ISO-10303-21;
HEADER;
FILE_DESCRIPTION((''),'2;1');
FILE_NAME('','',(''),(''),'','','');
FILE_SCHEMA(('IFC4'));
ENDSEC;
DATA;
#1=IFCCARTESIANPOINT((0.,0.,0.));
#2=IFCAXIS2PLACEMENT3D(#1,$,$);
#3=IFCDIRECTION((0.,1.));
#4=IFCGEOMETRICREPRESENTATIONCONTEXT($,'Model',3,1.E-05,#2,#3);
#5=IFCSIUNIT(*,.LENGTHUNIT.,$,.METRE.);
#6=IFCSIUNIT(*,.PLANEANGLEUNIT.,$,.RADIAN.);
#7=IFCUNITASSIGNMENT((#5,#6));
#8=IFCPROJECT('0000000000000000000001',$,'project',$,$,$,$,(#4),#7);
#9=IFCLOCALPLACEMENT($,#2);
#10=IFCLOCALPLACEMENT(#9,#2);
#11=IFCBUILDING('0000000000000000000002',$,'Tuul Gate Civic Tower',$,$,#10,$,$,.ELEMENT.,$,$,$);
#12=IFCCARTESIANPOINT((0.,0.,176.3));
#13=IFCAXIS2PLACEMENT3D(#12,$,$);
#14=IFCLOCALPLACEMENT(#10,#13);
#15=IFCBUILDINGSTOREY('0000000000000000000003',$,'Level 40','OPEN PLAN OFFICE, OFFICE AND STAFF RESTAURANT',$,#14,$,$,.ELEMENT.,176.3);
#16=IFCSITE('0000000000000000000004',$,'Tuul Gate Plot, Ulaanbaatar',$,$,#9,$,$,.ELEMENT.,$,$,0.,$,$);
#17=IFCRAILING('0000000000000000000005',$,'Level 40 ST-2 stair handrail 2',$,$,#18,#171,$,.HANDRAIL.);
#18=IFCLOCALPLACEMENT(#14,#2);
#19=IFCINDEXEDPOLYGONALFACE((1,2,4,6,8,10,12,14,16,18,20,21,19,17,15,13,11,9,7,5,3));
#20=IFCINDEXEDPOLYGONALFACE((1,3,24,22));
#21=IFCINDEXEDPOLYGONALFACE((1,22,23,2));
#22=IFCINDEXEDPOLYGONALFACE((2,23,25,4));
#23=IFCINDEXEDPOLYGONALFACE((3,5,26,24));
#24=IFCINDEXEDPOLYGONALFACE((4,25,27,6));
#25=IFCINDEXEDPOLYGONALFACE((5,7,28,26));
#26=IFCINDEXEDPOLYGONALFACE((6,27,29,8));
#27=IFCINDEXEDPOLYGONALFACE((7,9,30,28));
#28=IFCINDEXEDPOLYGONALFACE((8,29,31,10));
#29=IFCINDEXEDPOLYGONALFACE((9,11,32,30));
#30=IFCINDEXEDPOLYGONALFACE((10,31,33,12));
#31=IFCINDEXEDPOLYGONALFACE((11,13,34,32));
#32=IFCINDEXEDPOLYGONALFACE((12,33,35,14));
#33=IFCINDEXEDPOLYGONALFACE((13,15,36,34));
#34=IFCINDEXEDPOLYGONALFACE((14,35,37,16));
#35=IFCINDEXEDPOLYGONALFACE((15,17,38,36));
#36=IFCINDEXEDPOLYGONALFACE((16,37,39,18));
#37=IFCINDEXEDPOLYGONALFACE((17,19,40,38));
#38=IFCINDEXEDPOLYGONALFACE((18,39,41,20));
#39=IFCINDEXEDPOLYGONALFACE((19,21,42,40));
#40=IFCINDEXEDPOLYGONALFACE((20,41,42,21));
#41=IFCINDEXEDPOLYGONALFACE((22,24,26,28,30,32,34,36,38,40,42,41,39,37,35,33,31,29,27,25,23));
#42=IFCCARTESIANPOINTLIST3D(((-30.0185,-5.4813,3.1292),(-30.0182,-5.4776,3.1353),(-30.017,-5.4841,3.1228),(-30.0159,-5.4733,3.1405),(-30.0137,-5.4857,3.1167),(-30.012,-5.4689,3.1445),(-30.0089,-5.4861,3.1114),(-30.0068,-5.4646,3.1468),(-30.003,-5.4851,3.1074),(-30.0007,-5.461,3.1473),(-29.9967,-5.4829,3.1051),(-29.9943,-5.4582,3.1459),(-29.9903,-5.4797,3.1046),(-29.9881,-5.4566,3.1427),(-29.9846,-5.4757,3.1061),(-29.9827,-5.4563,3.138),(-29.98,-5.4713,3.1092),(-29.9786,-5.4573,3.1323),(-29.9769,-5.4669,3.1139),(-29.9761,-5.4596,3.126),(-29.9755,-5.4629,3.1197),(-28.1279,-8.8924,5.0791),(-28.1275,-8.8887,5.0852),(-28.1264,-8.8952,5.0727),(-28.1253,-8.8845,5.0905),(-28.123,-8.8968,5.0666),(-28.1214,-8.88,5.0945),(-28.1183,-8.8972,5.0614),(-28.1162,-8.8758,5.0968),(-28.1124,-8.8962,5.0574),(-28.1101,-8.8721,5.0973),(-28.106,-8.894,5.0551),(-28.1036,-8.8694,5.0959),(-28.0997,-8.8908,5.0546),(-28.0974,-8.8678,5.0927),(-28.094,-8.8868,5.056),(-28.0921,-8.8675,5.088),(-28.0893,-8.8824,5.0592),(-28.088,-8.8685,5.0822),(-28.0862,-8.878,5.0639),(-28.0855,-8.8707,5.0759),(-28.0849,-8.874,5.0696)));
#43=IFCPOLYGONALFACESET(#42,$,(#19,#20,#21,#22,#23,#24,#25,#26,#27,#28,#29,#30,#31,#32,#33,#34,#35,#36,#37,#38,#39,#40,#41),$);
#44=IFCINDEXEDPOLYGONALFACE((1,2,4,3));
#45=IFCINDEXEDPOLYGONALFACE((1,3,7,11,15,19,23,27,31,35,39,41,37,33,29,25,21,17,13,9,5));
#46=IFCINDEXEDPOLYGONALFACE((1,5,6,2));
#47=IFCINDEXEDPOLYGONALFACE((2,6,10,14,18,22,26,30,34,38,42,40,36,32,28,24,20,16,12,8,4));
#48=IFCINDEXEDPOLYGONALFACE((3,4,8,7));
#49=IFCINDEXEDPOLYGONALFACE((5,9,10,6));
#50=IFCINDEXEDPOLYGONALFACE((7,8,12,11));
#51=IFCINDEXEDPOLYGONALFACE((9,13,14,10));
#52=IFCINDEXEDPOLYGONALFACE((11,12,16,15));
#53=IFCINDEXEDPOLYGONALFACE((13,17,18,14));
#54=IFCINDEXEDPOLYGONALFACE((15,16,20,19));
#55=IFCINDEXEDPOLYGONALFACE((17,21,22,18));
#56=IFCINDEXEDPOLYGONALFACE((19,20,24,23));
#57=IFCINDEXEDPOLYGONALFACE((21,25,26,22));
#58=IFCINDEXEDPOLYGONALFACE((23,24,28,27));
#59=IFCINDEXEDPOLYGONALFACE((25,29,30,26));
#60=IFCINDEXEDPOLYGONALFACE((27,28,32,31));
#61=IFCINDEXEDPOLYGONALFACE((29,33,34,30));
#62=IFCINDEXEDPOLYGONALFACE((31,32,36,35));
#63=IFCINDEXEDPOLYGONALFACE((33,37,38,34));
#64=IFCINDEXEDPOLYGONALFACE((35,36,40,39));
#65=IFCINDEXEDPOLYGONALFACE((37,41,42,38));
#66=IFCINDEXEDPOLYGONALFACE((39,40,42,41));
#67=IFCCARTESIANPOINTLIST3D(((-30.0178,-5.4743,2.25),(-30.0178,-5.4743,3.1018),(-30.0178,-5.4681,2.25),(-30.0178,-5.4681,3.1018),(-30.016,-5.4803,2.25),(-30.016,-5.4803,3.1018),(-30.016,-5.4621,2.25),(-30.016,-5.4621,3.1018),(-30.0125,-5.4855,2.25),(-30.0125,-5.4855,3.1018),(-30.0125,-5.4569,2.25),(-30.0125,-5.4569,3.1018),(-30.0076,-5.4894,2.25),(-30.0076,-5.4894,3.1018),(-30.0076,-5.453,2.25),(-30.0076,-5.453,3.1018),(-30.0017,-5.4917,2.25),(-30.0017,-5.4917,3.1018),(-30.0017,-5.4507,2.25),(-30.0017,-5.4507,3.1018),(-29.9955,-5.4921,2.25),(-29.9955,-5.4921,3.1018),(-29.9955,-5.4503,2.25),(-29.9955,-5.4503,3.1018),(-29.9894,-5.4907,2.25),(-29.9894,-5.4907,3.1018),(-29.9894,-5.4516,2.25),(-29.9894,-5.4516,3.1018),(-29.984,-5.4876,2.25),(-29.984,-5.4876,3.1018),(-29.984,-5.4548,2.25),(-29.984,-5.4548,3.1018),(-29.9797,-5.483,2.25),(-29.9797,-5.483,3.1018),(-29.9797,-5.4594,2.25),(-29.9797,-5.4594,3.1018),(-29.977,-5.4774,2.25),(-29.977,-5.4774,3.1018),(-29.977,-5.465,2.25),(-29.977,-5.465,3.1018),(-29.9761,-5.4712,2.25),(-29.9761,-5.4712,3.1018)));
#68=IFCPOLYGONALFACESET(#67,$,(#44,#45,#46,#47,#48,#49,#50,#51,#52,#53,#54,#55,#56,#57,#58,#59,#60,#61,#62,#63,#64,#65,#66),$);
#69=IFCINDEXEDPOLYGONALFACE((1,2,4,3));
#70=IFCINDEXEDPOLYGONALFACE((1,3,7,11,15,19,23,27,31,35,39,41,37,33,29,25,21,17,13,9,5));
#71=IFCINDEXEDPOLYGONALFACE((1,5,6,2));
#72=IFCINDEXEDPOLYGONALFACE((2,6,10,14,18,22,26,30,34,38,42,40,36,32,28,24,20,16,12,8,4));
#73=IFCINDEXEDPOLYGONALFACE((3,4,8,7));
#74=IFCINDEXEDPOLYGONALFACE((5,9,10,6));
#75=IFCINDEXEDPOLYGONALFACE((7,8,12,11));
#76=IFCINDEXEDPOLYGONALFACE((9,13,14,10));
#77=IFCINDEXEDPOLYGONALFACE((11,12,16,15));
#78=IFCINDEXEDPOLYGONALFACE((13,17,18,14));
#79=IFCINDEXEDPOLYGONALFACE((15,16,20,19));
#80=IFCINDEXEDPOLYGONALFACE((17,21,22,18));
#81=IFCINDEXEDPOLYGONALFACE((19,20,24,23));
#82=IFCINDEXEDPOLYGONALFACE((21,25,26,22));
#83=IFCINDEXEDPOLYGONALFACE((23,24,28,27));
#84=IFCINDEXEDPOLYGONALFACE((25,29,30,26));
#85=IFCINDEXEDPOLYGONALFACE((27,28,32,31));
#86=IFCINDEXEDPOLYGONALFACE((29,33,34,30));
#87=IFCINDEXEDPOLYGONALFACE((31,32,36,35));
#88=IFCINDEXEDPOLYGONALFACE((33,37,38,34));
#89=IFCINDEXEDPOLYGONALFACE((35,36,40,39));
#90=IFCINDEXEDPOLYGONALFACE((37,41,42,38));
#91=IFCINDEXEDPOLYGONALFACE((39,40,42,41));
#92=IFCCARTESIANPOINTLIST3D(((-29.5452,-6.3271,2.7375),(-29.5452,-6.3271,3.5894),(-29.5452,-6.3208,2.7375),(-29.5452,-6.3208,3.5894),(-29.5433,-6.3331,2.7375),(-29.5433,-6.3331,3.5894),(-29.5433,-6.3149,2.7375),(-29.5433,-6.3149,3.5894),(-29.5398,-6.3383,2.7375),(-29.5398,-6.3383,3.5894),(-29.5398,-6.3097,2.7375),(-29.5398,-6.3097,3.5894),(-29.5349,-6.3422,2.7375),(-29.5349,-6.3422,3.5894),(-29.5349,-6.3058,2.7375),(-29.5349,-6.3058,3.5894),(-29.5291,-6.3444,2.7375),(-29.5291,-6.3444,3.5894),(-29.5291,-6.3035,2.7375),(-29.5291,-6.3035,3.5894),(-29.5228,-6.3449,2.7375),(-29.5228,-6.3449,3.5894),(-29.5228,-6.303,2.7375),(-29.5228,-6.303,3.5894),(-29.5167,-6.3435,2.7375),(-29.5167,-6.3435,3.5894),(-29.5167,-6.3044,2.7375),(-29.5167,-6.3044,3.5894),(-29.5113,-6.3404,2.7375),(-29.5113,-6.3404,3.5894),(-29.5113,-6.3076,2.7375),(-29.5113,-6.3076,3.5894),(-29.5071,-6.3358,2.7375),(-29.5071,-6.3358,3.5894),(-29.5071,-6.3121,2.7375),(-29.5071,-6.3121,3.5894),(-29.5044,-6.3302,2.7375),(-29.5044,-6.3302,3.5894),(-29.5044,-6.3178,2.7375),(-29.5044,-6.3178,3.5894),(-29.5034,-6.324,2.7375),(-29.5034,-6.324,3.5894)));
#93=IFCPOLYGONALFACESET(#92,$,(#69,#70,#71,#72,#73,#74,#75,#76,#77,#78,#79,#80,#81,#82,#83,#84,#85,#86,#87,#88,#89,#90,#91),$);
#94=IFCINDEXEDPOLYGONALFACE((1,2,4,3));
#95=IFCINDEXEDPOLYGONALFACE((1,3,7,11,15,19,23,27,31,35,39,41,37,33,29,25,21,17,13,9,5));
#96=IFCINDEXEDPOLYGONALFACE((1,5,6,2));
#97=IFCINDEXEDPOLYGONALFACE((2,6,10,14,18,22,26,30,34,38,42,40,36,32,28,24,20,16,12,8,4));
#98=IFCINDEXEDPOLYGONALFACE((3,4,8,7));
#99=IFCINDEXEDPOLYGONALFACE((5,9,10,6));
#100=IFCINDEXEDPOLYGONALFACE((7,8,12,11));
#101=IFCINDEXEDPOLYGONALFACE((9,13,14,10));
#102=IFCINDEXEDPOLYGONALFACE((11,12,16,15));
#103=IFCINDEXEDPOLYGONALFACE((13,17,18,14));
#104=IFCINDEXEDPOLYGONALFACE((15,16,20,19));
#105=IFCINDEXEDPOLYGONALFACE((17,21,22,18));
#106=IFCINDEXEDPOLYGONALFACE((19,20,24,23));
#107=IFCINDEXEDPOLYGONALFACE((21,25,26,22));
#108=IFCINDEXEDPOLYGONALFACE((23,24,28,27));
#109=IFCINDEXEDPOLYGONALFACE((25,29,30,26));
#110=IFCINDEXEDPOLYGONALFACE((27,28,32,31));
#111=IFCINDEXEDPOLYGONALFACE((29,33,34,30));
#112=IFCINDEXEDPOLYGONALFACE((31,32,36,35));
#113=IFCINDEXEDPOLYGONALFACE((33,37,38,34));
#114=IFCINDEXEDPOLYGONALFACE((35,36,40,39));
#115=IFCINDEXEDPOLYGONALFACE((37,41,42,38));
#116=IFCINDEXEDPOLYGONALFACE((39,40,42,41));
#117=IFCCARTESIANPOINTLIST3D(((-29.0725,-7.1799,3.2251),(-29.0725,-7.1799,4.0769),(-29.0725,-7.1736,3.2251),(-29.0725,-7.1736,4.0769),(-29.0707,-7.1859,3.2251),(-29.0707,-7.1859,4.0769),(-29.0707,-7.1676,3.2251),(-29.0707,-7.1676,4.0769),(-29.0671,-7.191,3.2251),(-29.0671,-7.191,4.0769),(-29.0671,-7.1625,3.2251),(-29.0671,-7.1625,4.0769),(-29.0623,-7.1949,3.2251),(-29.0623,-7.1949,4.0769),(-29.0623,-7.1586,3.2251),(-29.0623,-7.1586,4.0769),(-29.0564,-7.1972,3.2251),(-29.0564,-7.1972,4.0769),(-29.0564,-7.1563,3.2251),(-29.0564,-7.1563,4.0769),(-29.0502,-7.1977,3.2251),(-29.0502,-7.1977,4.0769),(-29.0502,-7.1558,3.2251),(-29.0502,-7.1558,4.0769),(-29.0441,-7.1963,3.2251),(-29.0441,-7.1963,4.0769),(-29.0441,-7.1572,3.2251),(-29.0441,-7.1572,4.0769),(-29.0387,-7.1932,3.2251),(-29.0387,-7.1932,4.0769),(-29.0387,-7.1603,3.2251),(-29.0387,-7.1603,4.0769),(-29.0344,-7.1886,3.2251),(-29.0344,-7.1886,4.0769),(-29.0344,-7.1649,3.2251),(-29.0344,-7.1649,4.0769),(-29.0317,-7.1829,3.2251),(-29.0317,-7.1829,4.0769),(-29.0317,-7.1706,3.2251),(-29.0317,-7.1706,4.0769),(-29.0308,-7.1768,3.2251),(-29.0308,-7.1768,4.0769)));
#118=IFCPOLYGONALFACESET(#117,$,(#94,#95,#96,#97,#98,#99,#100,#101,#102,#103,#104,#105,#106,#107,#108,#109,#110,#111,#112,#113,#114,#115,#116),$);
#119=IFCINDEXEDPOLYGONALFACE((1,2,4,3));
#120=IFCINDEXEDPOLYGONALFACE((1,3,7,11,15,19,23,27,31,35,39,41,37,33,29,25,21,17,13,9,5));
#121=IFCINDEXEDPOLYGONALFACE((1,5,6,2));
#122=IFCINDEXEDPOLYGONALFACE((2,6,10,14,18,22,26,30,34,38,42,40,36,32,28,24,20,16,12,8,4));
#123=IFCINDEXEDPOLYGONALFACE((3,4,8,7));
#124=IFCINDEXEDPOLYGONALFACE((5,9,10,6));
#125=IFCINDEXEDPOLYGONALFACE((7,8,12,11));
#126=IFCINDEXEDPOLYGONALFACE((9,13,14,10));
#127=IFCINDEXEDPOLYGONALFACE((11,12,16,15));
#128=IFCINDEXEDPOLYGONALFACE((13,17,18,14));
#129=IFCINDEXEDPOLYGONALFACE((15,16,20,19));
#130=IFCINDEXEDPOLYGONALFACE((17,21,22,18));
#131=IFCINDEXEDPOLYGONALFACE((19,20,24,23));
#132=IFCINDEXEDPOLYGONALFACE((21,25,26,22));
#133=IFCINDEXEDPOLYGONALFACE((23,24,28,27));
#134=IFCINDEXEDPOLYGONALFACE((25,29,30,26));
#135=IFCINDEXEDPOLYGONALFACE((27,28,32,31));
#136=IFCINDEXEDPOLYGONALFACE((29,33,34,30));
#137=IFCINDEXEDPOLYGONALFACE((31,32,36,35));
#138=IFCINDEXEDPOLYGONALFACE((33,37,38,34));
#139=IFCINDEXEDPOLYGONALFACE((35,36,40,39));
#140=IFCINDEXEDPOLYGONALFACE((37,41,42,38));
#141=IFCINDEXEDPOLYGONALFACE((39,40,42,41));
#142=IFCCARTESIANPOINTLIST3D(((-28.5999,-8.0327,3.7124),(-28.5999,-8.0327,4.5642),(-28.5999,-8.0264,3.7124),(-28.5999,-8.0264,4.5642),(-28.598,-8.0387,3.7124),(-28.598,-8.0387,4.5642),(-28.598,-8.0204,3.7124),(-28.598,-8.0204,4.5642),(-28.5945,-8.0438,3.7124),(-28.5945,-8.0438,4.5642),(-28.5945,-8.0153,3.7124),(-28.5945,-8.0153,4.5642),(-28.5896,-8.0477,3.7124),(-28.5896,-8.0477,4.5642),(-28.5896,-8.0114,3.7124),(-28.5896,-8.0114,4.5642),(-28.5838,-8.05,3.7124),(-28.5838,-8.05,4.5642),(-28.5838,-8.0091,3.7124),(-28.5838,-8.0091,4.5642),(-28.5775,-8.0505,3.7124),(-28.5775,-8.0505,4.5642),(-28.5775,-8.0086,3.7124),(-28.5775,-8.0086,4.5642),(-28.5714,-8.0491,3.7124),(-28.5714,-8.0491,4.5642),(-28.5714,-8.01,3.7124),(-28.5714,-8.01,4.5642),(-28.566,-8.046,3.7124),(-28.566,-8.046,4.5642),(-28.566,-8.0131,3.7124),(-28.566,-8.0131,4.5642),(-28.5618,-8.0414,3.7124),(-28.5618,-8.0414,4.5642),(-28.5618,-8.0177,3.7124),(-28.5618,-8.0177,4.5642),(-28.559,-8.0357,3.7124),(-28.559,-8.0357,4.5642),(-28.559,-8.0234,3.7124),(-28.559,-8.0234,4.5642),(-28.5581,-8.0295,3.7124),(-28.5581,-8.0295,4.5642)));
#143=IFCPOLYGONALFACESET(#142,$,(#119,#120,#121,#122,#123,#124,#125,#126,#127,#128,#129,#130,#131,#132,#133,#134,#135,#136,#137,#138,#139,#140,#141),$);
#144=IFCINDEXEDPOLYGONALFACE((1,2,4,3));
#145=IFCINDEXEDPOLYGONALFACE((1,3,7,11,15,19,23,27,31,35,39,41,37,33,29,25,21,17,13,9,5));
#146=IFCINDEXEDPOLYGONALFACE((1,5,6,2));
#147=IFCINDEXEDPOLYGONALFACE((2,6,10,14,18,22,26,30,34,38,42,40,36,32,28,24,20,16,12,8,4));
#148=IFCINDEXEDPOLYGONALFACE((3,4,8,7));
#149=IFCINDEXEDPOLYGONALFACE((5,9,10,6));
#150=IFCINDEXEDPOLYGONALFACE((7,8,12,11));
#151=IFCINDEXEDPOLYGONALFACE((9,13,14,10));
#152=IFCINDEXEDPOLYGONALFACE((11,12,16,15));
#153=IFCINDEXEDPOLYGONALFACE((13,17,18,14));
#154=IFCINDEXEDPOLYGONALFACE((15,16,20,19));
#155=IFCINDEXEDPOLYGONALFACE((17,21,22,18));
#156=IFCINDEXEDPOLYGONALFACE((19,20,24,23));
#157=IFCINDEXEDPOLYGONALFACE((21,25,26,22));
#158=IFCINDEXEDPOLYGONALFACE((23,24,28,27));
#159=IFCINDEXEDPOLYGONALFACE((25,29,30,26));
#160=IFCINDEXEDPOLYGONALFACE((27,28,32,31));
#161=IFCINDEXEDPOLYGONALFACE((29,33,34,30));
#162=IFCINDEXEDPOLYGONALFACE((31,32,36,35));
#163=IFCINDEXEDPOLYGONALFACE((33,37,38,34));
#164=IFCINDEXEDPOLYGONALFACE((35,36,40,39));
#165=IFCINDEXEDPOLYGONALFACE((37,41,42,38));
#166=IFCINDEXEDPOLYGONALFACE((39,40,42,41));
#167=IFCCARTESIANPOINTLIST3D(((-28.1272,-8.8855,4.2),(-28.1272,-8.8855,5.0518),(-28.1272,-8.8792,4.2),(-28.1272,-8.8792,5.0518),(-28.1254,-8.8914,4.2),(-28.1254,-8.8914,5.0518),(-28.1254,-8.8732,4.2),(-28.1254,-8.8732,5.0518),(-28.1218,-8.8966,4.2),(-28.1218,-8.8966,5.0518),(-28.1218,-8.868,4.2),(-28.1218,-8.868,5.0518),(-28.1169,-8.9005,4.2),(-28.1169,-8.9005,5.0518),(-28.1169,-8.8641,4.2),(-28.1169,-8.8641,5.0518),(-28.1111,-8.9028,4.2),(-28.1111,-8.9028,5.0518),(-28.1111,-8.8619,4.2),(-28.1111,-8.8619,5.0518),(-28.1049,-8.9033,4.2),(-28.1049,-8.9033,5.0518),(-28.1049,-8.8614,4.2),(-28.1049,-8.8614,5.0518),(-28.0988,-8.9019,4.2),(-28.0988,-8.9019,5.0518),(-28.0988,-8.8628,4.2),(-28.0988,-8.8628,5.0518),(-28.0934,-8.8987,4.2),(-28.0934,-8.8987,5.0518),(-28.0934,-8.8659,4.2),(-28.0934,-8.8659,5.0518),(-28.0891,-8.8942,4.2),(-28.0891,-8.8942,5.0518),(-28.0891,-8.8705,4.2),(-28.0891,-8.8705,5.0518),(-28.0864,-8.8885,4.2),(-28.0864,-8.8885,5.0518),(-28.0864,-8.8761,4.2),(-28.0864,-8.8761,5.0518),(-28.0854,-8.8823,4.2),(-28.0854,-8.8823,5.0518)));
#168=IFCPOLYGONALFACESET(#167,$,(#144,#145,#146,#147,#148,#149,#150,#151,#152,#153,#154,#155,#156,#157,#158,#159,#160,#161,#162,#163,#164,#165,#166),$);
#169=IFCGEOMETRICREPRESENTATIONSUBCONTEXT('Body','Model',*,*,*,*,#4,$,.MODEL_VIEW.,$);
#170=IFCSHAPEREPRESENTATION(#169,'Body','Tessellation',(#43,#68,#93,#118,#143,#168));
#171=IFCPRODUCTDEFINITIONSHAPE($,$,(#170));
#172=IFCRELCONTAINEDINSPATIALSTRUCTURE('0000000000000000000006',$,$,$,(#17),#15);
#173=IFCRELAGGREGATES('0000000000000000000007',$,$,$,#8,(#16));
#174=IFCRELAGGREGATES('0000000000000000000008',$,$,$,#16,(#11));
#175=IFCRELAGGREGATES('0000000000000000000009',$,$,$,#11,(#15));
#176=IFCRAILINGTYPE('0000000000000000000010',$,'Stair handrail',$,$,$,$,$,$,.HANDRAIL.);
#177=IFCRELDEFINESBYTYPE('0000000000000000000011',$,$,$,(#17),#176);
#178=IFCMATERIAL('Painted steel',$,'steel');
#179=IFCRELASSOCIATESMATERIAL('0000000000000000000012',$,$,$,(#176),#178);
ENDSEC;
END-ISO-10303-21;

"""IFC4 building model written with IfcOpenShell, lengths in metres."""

from ifc_helpers import new_model, si_unit, direction, frame, origin, origin_2d, place, context, subcontext, project, spatial, circle, extrude, material, type_object, element, save


model = new_model("IFC4")

# Units and contexts
model_context = context("Model", 3, precision=1e-05, world=origin(), true_north=direction((0.0, 1.0)))
body_context = subcontext(model_context, "Body", "Model", "MODEL_VIEW")
ifc_project = project(units=[si_unit("LENGTHUNIT", "METRE"), si_unit("PLANEANGLEUNIT", "RADIAN")], contexts=[model_context])

# Site, building, storey
site_placement = place(None, origin())
site = spatial("IfcSite", under=ifc_project, at=site_placement, Name="Tuul Gate Plot, Ulaanbaatar", CompositionType="ELEMENT", RefElevation=0.0)
building_placement = place(site_placement, origin())
building = spatial("IfcBuilding", under=site, at=building_placement, Name="Tuul Gate Civic Tower", CompositionType="ELEMENT")
storey_placement = place(building_placement, frame((0.0, 0.0, 176.3)))
storey = spatial("IfcBuildingStorey", under=building, at=storey_placement, Name="Level 40", Description="OPEN PLAN OFFICE, OFFICE AND STAFF RESTAURANT", CompositionType="ELEMENT", Elevation=176.3)

# Railing
ifc_material_1 = material(Name="Painted steel", Category="steel")
railing_type = type_object("IfcRailingType", Name="Stair handrail", PredefinedType="HANDRAIL", material=ifc_material_1)
railing_placement = place(storey_placement, frame((-29.9971, -5.4712, 2.25)))
element("IfcRailing", 1, at=railing_placement, inside=storey, type_object=railing_type, Name="Level 40 ST-2 stair handrail 2", PredefinedType="HANDRAIL", context=body_context, shape_type="SweptSolid", body=[
    extrude(circle(Radius=0.0239, at=origin_2d()), frame((0.0, 0.0, 0.876), z_axis=(0.433595, -0.782308, 0.447201), x_axis=(0.874641, 0.484771, 0.0)), (0.0, 0.0, 1.0), 4.3604),
    extrude(circle(Radius=0.021, at=origin_2d()), origin(), (0.0, 0.0, 1.0), 0.8518),
    extrude(circle(Radius=0.021, at=origin_2d()), frame((0.4727, -0.8528, 0.4875)), (0.0, 0.0, 1.0), 0.8518),
    extrude(circle(Radius=0.021, at=origin_2d()), frame((0.9453, -1.7056, 0.9751)), (0.0, 0.0, 1.0), 0.8518),
    extrude(circle(Radius=0.021, at=origin_2d()), frame((1.418, -2.5583, 1.4624)), (0.0, 0.0, 1.0), 0.8518),
    extrude(circle(Radius=0.021, at=origin_2d()), frame((1.8906, -3.4111, 1.95)), (0.0, 0.0, 1.0), 0.8518),
])

save(model, "model.ifc")
